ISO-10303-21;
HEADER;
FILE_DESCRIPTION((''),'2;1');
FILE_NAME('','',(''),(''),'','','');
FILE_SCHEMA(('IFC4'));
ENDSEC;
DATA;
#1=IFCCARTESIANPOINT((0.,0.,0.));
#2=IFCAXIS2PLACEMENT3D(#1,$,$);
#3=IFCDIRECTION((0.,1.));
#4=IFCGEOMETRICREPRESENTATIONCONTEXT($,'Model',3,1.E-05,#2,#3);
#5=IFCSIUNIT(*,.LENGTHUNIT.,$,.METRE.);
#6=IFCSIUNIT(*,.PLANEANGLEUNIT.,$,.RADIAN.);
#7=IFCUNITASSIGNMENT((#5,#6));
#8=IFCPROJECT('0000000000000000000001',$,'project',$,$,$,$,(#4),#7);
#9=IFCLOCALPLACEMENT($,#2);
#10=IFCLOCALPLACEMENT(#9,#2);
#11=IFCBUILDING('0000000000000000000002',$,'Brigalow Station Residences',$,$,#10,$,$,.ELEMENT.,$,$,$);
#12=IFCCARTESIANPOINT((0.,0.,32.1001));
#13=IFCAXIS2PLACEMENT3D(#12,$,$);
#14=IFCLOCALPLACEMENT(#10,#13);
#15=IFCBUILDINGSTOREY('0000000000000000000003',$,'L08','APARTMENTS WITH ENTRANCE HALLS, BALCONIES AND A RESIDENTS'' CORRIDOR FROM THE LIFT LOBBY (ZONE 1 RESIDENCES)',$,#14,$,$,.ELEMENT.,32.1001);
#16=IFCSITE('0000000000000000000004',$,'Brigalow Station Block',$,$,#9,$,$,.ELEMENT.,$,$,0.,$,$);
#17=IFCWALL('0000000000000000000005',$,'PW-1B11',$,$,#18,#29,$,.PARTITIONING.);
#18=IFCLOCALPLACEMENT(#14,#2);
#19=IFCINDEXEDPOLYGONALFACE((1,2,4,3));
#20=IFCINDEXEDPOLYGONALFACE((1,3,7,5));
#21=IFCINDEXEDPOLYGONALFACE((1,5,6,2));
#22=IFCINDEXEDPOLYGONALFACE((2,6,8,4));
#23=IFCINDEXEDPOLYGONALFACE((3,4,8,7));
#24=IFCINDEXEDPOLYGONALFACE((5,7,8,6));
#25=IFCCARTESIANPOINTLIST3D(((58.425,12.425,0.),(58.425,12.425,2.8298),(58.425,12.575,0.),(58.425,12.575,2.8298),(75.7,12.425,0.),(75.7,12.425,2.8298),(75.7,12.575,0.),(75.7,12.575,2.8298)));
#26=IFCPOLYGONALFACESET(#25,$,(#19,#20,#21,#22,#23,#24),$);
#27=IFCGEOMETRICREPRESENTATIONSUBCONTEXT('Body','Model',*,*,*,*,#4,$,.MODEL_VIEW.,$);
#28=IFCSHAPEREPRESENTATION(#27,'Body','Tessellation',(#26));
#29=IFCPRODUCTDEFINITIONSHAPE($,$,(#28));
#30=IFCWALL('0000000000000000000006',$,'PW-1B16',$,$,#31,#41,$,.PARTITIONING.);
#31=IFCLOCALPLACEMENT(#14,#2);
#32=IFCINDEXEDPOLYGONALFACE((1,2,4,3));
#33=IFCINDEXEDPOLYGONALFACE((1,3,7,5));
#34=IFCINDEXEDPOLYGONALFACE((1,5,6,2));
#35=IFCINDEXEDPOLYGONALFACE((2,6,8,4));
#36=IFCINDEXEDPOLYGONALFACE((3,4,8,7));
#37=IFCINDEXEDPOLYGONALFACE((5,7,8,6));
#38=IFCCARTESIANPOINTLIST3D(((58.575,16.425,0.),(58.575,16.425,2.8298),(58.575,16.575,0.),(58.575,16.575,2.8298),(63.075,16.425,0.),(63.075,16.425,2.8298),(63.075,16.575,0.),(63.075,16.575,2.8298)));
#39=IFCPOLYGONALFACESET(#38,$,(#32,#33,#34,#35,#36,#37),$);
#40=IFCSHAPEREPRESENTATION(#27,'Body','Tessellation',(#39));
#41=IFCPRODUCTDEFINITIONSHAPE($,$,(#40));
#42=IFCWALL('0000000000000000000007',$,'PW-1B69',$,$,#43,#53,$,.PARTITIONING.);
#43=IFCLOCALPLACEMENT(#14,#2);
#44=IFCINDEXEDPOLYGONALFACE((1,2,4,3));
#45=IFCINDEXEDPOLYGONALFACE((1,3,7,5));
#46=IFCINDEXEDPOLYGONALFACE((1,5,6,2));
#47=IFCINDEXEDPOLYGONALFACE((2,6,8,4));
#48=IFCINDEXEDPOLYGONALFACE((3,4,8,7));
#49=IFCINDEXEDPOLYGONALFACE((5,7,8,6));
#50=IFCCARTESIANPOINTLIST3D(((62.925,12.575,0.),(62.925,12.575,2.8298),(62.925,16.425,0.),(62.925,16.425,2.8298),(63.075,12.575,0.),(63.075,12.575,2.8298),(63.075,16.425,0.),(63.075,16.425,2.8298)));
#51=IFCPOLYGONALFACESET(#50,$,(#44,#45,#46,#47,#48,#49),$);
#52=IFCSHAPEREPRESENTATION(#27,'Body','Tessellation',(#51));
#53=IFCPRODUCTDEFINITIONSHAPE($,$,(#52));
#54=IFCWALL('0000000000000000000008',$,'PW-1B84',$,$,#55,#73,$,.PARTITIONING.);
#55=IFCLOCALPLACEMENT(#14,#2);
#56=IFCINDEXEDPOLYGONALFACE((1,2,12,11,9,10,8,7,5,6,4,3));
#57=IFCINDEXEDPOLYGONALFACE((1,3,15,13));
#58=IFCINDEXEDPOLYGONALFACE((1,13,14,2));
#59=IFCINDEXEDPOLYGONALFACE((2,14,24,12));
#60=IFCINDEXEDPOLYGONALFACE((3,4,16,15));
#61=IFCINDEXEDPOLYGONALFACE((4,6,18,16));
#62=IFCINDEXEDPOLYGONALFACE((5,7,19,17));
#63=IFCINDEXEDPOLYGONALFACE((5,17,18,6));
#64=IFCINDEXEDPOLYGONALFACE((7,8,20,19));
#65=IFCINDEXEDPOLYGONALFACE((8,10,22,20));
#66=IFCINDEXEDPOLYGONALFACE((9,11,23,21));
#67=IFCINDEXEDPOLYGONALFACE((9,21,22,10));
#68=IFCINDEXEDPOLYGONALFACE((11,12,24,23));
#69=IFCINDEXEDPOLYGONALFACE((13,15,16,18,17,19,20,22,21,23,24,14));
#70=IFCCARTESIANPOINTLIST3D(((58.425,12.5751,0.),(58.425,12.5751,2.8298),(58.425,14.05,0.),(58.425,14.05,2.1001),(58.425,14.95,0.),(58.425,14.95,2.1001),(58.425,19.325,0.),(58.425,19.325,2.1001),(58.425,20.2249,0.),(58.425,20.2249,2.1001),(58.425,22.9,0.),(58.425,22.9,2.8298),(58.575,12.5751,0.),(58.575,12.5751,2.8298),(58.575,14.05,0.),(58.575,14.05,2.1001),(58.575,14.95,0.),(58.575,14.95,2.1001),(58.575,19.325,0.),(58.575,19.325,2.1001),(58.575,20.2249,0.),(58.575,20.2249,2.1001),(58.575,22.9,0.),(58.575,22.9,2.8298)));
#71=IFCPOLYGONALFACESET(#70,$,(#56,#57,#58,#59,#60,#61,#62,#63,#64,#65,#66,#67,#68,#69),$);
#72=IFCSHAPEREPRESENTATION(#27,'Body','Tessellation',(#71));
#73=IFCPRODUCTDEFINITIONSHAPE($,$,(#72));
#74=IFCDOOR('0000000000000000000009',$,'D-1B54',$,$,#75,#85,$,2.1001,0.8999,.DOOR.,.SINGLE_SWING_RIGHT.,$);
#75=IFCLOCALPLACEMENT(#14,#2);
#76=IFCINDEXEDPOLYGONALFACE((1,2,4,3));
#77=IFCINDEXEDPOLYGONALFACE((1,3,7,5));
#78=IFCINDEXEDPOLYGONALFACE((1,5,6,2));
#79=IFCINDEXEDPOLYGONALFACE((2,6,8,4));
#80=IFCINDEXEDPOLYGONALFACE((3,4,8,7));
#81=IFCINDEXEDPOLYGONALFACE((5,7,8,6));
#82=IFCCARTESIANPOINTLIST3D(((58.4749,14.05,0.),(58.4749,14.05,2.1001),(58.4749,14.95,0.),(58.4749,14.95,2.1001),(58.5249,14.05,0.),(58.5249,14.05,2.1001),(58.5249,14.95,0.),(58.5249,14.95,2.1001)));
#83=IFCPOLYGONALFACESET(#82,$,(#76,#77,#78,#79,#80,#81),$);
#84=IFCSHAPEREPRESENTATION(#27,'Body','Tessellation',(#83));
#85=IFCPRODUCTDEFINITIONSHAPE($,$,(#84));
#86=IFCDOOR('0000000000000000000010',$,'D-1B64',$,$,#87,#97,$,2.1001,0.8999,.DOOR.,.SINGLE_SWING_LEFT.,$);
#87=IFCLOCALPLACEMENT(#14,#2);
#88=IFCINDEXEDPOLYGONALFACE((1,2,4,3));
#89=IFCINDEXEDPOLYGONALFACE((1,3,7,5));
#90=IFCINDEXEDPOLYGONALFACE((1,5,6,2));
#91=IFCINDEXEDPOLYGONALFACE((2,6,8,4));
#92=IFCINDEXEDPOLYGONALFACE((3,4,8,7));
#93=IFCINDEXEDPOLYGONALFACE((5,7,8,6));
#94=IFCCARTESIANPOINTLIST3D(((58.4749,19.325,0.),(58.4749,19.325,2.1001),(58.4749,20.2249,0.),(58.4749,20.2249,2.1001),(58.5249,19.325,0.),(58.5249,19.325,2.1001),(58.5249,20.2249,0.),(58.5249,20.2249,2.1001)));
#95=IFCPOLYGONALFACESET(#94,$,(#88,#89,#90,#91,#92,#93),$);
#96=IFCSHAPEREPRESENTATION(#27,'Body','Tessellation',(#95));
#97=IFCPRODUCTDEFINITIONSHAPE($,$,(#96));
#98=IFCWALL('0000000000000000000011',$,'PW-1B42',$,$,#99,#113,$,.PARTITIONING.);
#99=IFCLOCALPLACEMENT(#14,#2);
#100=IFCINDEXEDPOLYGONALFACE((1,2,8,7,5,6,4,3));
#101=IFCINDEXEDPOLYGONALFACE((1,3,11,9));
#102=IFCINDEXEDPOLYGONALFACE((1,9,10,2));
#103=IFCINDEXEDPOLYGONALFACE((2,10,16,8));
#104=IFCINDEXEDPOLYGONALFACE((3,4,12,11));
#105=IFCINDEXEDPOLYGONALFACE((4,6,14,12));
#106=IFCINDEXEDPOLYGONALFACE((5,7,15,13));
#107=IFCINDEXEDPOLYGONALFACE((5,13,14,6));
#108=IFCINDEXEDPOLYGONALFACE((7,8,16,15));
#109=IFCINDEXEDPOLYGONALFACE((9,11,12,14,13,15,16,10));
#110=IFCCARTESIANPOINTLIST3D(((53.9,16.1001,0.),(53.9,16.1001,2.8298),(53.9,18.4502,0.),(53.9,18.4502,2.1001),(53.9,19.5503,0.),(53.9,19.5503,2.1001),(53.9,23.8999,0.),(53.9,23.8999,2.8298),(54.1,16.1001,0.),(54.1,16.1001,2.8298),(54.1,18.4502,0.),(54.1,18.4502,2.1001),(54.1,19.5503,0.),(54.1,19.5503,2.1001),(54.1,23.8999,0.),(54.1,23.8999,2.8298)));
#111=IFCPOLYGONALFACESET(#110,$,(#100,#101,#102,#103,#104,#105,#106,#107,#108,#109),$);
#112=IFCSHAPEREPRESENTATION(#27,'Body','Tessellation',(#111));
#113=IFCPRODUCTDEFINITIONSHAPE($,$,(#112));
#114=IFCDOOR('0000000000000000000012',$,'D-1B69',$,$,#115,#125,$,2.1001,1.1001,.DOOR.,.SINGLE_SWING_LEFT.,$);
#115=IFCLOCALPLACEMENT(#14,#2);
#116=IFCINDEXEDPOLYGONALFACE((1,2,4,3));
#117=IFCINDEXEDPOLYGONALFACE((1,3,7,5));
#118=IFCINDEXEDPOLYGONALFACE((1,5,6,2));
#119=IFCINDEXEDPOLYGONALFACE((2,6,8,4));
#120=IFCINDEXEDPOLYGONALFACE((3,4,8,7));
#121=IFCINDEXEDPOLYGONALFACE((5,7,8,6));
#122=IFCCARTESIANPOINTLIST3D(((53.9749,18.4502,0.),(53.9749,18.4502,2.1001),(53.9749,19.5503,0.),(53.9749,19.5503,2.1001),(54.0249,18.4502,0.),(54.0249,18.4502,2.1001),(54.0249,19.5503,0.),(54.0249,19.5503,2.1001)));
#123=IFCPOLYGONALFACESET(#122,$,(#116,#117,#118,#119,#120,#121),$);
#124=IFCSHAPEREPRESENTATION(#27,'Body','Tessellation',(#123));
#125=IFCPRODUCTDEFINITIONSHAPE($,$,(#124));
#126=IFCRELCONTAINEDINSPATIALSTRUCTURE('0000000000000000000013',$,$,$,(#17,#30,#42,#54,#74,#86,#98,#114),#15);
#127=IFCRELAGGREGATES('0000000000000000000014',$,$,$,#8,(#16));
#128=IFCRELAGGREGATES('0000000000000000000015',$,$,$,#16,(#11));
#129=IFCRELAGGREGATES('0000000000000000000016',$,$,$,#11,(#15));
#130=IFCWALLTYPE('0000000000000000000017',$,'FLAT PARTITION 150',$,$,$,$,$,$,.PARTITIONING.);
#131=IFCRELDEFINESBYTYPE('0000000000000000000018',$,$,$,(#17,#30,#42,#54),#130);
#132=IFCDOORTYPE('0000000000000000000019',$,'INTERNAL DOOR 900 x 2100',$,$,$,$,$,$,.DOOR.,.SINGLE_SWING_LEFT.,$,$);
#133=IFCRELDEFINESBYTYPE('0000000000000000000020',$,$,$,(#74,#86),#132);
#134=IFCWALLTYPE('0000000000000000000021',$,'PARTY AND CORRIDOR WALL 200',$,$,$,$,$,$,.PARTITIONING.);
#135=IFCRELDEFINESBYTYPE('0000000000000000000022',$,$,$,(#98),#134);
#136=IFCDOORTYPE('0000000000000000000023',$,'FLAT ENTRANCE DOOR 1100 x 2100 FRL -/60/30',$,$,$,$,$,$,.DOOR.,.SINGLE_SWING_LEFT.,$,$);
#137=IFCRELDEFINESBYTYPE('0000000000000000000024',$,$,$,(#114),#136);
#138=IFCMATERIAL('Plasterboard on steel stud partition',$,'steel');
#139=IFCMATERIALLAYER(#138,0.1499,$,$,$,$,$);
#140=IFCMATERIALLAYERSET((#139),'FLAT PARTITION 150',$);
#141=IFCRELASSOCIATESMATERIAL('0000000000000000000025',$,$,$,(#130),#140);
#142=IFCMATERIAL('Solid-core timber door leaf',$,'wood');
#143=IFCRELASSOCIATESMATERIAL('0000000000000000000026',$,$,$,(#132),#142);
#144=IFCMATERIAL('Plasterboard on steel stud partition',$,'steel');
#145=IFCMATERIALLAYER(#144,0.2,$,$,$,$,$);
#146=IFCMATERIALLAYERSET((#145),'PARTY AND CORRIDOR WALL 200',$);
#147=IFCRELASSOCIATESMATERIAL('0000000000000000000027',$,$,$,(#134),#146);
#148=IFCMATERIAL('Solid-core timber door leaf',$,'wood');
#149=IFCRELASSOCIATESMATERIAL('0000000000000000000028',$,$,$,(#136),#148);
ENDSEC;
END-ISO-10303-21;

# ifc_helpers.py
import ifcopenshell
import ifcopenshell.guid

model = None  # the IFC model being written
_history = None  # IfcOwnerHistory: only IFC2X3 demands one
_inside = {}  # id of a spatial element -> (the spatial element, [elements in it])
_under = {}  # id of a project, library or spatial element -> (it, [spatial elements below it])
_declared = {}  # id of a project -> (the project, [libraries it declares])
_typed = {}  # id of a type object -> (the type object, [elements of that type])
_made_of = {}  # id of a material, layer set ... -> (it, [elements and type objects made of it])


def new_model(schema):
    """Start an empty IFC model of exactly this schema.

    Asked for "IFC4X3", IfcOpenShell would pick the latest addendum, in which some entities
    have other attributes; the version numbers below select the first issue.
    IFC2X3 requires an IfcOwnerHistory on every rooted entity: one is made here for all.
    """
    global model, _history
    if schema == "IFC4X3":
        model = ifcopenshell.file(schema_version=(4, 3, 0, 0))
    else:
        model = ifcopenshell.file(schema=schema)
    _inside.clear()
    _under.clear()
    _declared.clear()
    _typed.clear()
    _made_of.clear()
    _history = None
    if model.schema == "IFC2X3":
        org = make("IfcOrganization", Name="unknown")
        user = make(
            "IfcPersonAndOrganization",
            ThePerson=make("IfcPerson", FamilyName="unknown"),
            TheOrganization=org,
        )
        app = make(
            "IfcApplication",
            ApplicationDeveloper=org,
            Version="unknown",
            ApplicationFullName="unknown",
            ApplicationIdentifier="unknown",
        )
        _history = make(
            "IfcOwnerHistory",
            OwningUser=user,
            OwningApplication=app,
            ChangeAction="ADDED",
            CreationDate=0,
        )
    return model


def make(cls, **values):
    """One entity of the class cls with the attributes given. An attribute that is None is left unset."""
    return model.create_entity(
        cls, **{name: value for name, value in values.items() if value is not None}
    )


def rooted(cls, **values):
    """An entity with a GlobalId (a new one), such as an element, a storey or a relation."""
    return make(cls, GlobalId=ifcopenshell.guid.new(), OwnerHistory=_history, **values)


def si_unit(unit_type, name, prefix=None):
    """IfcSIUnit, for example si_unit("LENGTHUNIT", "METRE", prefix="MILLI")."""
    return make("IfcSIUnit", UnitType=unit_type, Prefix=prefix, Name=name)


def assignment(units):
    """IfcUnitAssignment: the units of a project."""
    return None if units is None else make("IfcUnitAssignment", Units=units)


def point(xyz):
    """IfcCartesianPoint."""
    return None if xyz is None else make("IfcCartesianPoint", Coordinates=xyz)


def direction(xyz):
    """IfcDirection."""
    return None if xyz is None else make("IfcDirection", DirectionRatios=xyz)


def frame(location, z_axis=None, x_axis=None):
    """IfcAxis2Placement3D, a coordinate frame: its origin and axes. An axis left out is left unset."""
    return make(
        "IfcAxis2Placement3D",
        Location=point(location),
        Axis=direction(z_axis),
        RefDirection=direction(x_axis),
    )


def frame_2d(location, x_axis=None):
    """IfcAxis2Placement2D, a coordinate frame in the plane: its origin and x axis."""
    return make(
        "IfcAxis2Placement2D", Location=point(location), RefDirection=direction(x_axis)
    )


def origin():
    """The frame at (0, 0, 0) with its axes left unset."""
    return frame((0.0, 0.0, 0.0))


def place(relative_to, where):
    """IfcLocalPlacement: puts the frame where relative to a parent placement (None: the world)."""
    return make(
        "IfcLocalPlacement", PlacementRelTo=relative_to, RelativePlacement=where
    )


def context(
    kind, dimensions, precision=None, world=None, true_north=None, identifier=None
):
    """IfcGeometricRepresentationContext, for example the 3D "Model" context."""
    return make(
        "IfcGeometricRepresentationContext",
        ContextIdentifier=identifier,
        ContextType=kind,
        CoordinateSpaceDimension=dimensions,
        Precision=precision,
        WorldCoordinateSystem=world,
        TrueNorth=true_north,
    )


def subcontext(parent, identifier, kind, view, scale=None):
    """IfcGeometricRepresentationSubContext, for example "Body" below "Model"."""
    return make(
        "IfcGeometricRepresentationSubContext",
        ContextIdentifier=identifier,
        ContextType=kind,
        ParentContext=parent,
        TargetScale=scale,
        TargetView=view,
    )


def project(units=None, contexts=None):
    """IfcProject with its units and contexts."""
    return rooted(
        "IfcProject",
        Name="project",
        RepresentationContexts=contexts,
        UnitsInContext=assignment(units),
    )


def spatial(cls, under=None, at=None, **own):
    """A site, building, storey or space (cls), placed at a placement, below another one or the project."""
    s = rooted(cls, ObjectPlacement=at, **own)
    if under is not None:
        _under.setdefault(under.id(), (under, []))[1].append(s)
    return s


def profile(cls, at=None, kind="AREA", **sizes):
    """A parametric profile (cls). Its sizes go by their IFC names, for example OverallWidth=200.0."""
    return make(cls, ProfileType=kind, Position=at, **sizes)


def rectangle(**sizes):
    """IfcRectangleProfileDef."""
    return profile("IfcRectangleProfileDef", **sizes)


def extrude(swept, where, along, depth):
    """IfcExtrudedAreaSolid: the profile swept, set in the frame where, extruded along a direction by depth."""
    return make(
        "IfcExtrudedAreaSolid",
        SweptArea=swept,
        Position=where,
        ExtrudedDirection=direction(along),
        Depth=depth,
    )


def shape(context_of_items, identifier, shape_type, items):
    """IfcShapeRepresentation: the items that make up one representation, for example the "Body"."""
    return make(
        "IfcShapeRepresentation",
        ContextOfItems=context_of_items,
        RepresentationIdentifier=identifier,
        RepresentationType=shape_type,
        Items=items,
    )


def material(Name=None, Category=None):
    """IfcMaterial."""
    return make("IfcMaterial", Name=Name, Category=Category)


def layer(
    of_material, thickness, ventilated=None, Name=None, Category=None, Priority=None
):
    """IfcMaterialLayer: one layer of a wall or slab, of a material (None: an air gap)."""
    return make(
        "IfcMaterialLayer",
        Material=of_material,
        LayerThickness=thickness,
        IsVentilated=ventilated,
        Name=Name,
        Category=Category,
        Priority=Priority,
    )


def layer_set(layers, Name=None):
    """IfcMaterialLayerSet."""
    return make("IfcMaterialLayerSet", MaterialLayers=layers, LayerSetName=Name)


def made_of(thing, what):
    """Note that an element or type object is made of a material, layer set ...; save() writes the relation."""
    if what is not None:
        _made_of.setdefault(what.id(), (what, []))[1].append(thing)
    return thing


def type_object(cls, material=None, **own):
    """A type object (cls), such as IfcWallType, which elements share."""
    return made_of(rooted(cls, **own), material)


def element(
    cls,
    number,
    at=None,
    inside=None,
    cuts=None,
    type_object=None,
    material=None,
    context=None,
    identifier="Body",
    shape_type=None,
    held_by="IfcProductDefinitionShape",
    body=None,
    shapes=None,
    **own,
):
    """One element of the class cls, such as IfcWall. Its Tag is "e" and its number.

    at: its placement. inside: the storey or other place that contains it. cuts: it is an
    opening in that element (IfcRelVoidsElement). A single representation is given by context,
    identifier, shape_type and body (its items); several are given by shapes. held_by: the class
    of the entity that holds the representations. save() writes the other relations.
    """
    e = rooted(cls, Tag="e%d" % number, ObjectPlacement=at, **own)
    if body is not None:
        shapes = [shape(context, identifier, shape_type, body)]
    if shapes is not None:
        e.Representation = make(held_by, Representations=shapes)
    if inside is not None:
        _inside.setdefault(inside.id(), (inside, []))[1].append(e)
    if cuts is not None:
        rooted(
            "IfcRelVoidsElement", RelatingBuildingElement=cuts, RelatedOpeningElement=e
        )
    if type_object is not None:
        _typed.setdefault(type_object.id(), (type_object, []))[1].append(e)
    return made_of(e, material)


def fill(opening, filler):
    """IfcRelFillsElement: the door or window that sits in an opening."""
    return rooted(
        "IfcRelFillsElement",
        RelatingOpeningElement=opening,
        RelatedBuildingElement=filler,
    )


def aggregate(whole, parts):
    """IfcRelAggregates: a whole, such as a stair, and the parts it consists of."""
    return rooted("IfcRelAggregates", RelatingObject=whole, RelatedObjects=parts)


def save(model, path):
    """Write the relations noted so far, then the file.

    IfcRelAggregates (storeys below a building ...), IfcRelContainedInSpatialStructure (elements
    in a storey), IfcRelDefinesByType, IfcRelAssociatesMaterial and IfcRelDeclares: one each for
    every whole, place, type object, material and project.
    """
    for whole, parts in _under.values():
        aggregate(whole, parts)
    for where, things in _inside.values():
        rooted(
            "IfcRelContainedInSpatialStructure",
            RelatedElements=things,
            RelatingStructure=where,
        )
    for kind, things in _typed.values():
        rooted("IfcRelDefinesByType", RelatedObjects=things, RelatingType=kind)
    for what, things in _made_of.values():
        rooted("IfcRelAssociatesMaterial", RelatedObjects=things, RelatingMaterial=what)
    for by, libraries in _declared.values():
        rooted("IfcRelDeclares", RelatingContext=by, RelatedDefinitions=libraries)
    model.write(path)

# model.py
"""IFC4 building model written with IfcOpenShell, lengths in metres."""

from ifc_helpers import new_model, si_unit, direction, frame, frame_2d, origin, place, context, subcontext, project, spatial, rectangle, extrude, material, layer, layer_set, type_object, element, fill, save


model = new_model("IFC4")

# Units and contexts
model_context = context("Model", 3, precision=1e-05, world=origin(), true_north=direction((0.0, 1.0)))
body_context = subcontext(model_context, "Body", "Model", "MODEL_VIEW")
ifc_project = project(units=[si_unit("LENGTHUNIT", "METRE"), si_unit("PLANEANGLEUNIT", "RADIAN")], contexts=[model_context])

# Site, building, storey
site_placement = place(None, origin())
site = spatial("IfcSite", under=ifc_project, at=site_placement, Name="Brigalow Station Block", CompositionType="ELEMENT", RefElevation=0.0)
building_placement = place(site_placement, origin())
building = spatial("IfcBuilding", under=site, at=building_placement, Name="Brigalow Station Residences", CompositionType="ELEMENT")
storey_placement = place(building_placement, frame((0.0, 0.0, 32.1001)))
storey = spatial("IfcBuildingStorey", under=building, at=storey_placement, Name="L08", Description="APARTMENTS WITH ENTRANCE HALLS, BALCONIES AND A RESIDENTS' CORRIDOR FROM THE LIFT LOBBY (ZONE 1 RESIDENCES)", CompositionType="ELEMENT", Elevation=32.1001)

# Shared definitions
ifc_material_1 = material(Name="Plasterboard on steel stud partition", Category="steel")
ifc_layer_1 = layer(ifc_material_1, 0.1499)
ifc_layer_set_1 = layer_set([ifc_layer_1], Name="FLAT PARTITION 150")
wall_type_1 = type_object("IfcWallType", Name="FLAT PARTITION 150", PredefinedType="PARTITIONING", material=ifc_layer_set_1)
ifc_material_2 = material(Name="Solid-core timber door leaf", Category="wood")
door_type_1 = type_object("IfcDoorType", Name="INTERNAL DOOR 900 x 2100", OperationType="SINGLE_SWING_LEFT", PredefinedType="DOOR", material=ifc_material_2)

# Walls
wall_1_placement = place(storey_placement, frame((58.425, 12.5, 0.0), z_axis=(0.0, 0.0, 1.0), x_axis=(1.0, 0.0, 0.0)))
element("IfcWall", 1, at=wall_1_placement, inside=storey, type_object=wall_type_1, Name="PW-1B11", PredefinedType="PARTITIONING", context=body_context, shape_type="SweptSolid", body=[
    extrude(rectangle(XDim=17.2749, YDim=0.1499, at=frame_2d((8.6375, 0.0))), origin(), (0.0, 0.0, 1.0), 2.8298),
])
wall_2_placement = place(storey_placement, frame((58.575, 16.5, 0.0), z_axis=(0.0, 0.0, 1.0), x_axis=(1.0, 0.0, 0.0)))
element("IfcWall", 2, at=wall_2_placement, inside=storey, type_object=wall_type_1, Name="PW-1B16", PredefinedType="PARTITIONING", context=body_context, shape_type="SweptSolid", body=[
    extrude(rectangle(XDim=4.5, YDim=0.1499, at=frame_2d((2.25, 0.0))), origin(), (0.0, 0.0, 1.0), 2.8298),
])
wall_3_placement = place(storey_placement, frame((63.0, 12.575, 0.0), z_axis=(0.0, 0.0, 1.0), x_axis=(0.0, 1.0, 0.0)))
element("IfcWall", 3, at=wall_3_placement, inside=storey, type_object=wall_type_1, Name="PW-1B69", PredefinedType="PARTITIONING", context=body_context, shape_type="SweptSolid", body=[
    extrude(rectangle(XDim=3.8501, YDim=0.1499, at=frame_2d((1.925, 0.0))), origin(), (0.0, 0.0, 1.0), 2.8298),
])

# Wall, openings, doors
wall_4_placement = place(storey_placement, frame((58.5, 12.575, 0.0), z_axis=(0.0, 0.0, 1.0), x_axis=(0.0, 1.0, 0.0)))
wall_4 = element("IfcWall", 4, at=wall_4_placement, inside=storey, type_object=wall_type_1, Name="PW-1B84", PredefinedType="PARTITIONING", context=body_context, shape_type="SweptSolid", body=[
    extrude(rectangle(XDim=10.325, YDim=0.1499, at=frame_2d((5.1626, 0.0))), origin(), (0.0, 0.0, 1.0), 2.8298),
])
opening_1_placement = place(wall_4_placement, frame((1.4751, 0.0, 0.0)))
opening_1 = element("IfcOpeningElement", 5, at=opening_1_placement, cuts=wall_4, PredefinedType="OPENING", context=body_context, shape_type="SweptSolid", body=[
    extrude(rectangle(XDim=0.8999, YDim=2.1001, at=frame_2d((0.45, 1.05))), frame((0.0, 0.085, 0.0), z_axis=(0.0, -1.0, 0.0), x_axis=(1.0, 0.0, 0.0)), (0.0, 0.0, 1.0), 0.1699),
])
opening_2_placement = place(wall_4_placement, frame((6.75, 0.0, 0.0)))
opening_2 = element("IfcOpeningElement", 6, at=opening_2_placement, cuts=wall_4, PredefinedType="OPENING", context=body_context, shape_type="SweptSolid", body=[
    extrude(rectangle(XDim=0.8999, YDim=2.1001, at=frame_2d((0.45, 1.05))), frame((0.0, 0.085, 0.0), z_axis=(0.0, -1.0, 0.0), x_axis=(1.0, 0.0, 0.0)), (0.0, 0.0, 1.0), 0.1699),
])
door_1_placement = place(opening_1_placement, frame((0.8999, 0.0, 0.0), z_axis=(0.0, 0.0, 1.0), x_axis=(-1.0, 0.0, 0.0)))
door_1 = element("IfcDoor", 7, at=door_1_placement, inside=storey, type_object=door_type_1, Name="D-1B54", OperationType="SINGLE_SWING_RIGHT", OverallHeight=2.1001, OverallWidth=0.8999, PredefinedType="DOOR", context=body_context, shape_type="SweptSolid", body=[
    extrude(rectangle(XDim=0.8999, YDim=2.1001, at=frame_2d((0.45, 1.05))), frame((0.0, 0.0249, 0.0), z_axis=(0.0, -1.0, 0.0), x_axis=(1.0, 0.0, 0.0)), (0.0, 0.0, 1.0), 0.05),
])
fill(opening_1, door_1)
door_2_placement = place(opening_2_placement, frame((0.8999, 0.0, 0.0), z_axis=(0.0, 0.0, 1.0), x_axis=(-1.0, 0.0, 0.0)))
door_2 = element("IfcDoor", 8, at=door_2_placement, inside=storey, type_object=door_type_1, Name="D-1B64", OperationType="SINGLE_SWING_LEFT", OverallHeight=2.1001, OverallWidth=0.8999, PredefinedType="DOOR", context=body_context, shape_type="SweptSolid", body=[
    extrude(rectangle(XDim=0.8999, YDim=2.1001, at=frame_2d((0.45, 1.05))), frame((0.0, 0.0249, 0.0), z_axis=(0.0, -1.0, 0.0), x_axis=(1.0, 0.0, 0.0)), (0.0, 0.0, 1.0), 0.05),
])
fill(opening_2, door_2)

# Wall, opening, door
ifc_material_3 = material(Name="Plasterboard on steel stud partition", Category="steel")
ifc_layer_2 = layer(ifc_material_3, 0.2)
ifc_layer_set_2 = layer_set([ifc_layer_2], Name="PARTY AND CORRIDOR WALL 200")
wall_type_2 = type_object("IfcWallType", Name="PARTY AND CORRIDOR WALL 200", PredefinedType="PARTITIONING", material=ifc_layer_set_2)
wall_5_placement = place(storey_placement, frame((54.0, 16.1001, 0.0), z_axis=(0.0, 0.0, 1.0), x_axis=(0.0, 1.0, 0.0)))
wall_5 = element("IfcWall", 9, at=wall_5_placement, inside=storey, type_object=wall_type_2, Name="PW-1B42", PredefinedType="PARTITIONING", context=body_context, shape_type="SweptSolid", body=[
    extrude(rectangle(XDim=7.7998, YDim=0.2, at=frame_2d((3.8999, 0.0))), origin(), (0.0, 0.0, 1.0), 2.8298),
])
opening_3_placement = place(wall_5_placement, frame((2.3501, 0.0, 0.0)))
opening_3 = element("IfcOpeningElement", 10, at=opening_3_placement, cuts=wall_5, PredefinedType="OPENING", context=body_context, shape_type="SweptSolid", body=[
    extrude(rectangle(XDim=1.1001, YDim=2.1001, at=frame_2d((0.55, 1.05))), frame((0.0, 0.1099, 0.0), z_axis=(0.0, -1.0, 0.0), x_axis=(1.0, 0.0, 0.0)), (0.0, 0.0, 1.0), 0.22),
])
ifc_material_4 = material(Name="Solid-core timber door leaf", Category="wood")
door_type_2 = type_object("IfcDoorType", Name="FLAT ENTRANCE DOOR 1100 x 2100 FRL -/60/30", OperationType="SINGLE_SWING_LEFT", PredefinedType="DOOR", material=ifc_material_4)
door_3_placement = place(opening_3_placement, frame((1.1001, 0.0, 0.0), z_axis=(0.0, 0.0, 1.0), x_axis=(-1.0, 0.0, 0.0)))
door_3 = element("IfcDoor", 11, at=door_3_placement, inside=storey, type_object=door_type_2, Name="D-1B69", OperationType="SINGLE_SWING_LEFT", OverallHeight=2.1001, OverallWidth=1.1001, PredefinedType="DOOR", context=body_context, shape_type="SweptSolid", body=[
    extrude(rectangle(XDim=1.1001, YDim=2.1001, at=frame_2d((0.55, 1.05))), frame((0.0, 0.0249, 0.0), z_axis=(0.0, -1.0, 0.0), x_axis=(1.0, 0.0, 0.0)), (0.0, 0.0, 1.0), 0.05),
])
fill(opening_3, door_3)

save(model, "model.ifc")
